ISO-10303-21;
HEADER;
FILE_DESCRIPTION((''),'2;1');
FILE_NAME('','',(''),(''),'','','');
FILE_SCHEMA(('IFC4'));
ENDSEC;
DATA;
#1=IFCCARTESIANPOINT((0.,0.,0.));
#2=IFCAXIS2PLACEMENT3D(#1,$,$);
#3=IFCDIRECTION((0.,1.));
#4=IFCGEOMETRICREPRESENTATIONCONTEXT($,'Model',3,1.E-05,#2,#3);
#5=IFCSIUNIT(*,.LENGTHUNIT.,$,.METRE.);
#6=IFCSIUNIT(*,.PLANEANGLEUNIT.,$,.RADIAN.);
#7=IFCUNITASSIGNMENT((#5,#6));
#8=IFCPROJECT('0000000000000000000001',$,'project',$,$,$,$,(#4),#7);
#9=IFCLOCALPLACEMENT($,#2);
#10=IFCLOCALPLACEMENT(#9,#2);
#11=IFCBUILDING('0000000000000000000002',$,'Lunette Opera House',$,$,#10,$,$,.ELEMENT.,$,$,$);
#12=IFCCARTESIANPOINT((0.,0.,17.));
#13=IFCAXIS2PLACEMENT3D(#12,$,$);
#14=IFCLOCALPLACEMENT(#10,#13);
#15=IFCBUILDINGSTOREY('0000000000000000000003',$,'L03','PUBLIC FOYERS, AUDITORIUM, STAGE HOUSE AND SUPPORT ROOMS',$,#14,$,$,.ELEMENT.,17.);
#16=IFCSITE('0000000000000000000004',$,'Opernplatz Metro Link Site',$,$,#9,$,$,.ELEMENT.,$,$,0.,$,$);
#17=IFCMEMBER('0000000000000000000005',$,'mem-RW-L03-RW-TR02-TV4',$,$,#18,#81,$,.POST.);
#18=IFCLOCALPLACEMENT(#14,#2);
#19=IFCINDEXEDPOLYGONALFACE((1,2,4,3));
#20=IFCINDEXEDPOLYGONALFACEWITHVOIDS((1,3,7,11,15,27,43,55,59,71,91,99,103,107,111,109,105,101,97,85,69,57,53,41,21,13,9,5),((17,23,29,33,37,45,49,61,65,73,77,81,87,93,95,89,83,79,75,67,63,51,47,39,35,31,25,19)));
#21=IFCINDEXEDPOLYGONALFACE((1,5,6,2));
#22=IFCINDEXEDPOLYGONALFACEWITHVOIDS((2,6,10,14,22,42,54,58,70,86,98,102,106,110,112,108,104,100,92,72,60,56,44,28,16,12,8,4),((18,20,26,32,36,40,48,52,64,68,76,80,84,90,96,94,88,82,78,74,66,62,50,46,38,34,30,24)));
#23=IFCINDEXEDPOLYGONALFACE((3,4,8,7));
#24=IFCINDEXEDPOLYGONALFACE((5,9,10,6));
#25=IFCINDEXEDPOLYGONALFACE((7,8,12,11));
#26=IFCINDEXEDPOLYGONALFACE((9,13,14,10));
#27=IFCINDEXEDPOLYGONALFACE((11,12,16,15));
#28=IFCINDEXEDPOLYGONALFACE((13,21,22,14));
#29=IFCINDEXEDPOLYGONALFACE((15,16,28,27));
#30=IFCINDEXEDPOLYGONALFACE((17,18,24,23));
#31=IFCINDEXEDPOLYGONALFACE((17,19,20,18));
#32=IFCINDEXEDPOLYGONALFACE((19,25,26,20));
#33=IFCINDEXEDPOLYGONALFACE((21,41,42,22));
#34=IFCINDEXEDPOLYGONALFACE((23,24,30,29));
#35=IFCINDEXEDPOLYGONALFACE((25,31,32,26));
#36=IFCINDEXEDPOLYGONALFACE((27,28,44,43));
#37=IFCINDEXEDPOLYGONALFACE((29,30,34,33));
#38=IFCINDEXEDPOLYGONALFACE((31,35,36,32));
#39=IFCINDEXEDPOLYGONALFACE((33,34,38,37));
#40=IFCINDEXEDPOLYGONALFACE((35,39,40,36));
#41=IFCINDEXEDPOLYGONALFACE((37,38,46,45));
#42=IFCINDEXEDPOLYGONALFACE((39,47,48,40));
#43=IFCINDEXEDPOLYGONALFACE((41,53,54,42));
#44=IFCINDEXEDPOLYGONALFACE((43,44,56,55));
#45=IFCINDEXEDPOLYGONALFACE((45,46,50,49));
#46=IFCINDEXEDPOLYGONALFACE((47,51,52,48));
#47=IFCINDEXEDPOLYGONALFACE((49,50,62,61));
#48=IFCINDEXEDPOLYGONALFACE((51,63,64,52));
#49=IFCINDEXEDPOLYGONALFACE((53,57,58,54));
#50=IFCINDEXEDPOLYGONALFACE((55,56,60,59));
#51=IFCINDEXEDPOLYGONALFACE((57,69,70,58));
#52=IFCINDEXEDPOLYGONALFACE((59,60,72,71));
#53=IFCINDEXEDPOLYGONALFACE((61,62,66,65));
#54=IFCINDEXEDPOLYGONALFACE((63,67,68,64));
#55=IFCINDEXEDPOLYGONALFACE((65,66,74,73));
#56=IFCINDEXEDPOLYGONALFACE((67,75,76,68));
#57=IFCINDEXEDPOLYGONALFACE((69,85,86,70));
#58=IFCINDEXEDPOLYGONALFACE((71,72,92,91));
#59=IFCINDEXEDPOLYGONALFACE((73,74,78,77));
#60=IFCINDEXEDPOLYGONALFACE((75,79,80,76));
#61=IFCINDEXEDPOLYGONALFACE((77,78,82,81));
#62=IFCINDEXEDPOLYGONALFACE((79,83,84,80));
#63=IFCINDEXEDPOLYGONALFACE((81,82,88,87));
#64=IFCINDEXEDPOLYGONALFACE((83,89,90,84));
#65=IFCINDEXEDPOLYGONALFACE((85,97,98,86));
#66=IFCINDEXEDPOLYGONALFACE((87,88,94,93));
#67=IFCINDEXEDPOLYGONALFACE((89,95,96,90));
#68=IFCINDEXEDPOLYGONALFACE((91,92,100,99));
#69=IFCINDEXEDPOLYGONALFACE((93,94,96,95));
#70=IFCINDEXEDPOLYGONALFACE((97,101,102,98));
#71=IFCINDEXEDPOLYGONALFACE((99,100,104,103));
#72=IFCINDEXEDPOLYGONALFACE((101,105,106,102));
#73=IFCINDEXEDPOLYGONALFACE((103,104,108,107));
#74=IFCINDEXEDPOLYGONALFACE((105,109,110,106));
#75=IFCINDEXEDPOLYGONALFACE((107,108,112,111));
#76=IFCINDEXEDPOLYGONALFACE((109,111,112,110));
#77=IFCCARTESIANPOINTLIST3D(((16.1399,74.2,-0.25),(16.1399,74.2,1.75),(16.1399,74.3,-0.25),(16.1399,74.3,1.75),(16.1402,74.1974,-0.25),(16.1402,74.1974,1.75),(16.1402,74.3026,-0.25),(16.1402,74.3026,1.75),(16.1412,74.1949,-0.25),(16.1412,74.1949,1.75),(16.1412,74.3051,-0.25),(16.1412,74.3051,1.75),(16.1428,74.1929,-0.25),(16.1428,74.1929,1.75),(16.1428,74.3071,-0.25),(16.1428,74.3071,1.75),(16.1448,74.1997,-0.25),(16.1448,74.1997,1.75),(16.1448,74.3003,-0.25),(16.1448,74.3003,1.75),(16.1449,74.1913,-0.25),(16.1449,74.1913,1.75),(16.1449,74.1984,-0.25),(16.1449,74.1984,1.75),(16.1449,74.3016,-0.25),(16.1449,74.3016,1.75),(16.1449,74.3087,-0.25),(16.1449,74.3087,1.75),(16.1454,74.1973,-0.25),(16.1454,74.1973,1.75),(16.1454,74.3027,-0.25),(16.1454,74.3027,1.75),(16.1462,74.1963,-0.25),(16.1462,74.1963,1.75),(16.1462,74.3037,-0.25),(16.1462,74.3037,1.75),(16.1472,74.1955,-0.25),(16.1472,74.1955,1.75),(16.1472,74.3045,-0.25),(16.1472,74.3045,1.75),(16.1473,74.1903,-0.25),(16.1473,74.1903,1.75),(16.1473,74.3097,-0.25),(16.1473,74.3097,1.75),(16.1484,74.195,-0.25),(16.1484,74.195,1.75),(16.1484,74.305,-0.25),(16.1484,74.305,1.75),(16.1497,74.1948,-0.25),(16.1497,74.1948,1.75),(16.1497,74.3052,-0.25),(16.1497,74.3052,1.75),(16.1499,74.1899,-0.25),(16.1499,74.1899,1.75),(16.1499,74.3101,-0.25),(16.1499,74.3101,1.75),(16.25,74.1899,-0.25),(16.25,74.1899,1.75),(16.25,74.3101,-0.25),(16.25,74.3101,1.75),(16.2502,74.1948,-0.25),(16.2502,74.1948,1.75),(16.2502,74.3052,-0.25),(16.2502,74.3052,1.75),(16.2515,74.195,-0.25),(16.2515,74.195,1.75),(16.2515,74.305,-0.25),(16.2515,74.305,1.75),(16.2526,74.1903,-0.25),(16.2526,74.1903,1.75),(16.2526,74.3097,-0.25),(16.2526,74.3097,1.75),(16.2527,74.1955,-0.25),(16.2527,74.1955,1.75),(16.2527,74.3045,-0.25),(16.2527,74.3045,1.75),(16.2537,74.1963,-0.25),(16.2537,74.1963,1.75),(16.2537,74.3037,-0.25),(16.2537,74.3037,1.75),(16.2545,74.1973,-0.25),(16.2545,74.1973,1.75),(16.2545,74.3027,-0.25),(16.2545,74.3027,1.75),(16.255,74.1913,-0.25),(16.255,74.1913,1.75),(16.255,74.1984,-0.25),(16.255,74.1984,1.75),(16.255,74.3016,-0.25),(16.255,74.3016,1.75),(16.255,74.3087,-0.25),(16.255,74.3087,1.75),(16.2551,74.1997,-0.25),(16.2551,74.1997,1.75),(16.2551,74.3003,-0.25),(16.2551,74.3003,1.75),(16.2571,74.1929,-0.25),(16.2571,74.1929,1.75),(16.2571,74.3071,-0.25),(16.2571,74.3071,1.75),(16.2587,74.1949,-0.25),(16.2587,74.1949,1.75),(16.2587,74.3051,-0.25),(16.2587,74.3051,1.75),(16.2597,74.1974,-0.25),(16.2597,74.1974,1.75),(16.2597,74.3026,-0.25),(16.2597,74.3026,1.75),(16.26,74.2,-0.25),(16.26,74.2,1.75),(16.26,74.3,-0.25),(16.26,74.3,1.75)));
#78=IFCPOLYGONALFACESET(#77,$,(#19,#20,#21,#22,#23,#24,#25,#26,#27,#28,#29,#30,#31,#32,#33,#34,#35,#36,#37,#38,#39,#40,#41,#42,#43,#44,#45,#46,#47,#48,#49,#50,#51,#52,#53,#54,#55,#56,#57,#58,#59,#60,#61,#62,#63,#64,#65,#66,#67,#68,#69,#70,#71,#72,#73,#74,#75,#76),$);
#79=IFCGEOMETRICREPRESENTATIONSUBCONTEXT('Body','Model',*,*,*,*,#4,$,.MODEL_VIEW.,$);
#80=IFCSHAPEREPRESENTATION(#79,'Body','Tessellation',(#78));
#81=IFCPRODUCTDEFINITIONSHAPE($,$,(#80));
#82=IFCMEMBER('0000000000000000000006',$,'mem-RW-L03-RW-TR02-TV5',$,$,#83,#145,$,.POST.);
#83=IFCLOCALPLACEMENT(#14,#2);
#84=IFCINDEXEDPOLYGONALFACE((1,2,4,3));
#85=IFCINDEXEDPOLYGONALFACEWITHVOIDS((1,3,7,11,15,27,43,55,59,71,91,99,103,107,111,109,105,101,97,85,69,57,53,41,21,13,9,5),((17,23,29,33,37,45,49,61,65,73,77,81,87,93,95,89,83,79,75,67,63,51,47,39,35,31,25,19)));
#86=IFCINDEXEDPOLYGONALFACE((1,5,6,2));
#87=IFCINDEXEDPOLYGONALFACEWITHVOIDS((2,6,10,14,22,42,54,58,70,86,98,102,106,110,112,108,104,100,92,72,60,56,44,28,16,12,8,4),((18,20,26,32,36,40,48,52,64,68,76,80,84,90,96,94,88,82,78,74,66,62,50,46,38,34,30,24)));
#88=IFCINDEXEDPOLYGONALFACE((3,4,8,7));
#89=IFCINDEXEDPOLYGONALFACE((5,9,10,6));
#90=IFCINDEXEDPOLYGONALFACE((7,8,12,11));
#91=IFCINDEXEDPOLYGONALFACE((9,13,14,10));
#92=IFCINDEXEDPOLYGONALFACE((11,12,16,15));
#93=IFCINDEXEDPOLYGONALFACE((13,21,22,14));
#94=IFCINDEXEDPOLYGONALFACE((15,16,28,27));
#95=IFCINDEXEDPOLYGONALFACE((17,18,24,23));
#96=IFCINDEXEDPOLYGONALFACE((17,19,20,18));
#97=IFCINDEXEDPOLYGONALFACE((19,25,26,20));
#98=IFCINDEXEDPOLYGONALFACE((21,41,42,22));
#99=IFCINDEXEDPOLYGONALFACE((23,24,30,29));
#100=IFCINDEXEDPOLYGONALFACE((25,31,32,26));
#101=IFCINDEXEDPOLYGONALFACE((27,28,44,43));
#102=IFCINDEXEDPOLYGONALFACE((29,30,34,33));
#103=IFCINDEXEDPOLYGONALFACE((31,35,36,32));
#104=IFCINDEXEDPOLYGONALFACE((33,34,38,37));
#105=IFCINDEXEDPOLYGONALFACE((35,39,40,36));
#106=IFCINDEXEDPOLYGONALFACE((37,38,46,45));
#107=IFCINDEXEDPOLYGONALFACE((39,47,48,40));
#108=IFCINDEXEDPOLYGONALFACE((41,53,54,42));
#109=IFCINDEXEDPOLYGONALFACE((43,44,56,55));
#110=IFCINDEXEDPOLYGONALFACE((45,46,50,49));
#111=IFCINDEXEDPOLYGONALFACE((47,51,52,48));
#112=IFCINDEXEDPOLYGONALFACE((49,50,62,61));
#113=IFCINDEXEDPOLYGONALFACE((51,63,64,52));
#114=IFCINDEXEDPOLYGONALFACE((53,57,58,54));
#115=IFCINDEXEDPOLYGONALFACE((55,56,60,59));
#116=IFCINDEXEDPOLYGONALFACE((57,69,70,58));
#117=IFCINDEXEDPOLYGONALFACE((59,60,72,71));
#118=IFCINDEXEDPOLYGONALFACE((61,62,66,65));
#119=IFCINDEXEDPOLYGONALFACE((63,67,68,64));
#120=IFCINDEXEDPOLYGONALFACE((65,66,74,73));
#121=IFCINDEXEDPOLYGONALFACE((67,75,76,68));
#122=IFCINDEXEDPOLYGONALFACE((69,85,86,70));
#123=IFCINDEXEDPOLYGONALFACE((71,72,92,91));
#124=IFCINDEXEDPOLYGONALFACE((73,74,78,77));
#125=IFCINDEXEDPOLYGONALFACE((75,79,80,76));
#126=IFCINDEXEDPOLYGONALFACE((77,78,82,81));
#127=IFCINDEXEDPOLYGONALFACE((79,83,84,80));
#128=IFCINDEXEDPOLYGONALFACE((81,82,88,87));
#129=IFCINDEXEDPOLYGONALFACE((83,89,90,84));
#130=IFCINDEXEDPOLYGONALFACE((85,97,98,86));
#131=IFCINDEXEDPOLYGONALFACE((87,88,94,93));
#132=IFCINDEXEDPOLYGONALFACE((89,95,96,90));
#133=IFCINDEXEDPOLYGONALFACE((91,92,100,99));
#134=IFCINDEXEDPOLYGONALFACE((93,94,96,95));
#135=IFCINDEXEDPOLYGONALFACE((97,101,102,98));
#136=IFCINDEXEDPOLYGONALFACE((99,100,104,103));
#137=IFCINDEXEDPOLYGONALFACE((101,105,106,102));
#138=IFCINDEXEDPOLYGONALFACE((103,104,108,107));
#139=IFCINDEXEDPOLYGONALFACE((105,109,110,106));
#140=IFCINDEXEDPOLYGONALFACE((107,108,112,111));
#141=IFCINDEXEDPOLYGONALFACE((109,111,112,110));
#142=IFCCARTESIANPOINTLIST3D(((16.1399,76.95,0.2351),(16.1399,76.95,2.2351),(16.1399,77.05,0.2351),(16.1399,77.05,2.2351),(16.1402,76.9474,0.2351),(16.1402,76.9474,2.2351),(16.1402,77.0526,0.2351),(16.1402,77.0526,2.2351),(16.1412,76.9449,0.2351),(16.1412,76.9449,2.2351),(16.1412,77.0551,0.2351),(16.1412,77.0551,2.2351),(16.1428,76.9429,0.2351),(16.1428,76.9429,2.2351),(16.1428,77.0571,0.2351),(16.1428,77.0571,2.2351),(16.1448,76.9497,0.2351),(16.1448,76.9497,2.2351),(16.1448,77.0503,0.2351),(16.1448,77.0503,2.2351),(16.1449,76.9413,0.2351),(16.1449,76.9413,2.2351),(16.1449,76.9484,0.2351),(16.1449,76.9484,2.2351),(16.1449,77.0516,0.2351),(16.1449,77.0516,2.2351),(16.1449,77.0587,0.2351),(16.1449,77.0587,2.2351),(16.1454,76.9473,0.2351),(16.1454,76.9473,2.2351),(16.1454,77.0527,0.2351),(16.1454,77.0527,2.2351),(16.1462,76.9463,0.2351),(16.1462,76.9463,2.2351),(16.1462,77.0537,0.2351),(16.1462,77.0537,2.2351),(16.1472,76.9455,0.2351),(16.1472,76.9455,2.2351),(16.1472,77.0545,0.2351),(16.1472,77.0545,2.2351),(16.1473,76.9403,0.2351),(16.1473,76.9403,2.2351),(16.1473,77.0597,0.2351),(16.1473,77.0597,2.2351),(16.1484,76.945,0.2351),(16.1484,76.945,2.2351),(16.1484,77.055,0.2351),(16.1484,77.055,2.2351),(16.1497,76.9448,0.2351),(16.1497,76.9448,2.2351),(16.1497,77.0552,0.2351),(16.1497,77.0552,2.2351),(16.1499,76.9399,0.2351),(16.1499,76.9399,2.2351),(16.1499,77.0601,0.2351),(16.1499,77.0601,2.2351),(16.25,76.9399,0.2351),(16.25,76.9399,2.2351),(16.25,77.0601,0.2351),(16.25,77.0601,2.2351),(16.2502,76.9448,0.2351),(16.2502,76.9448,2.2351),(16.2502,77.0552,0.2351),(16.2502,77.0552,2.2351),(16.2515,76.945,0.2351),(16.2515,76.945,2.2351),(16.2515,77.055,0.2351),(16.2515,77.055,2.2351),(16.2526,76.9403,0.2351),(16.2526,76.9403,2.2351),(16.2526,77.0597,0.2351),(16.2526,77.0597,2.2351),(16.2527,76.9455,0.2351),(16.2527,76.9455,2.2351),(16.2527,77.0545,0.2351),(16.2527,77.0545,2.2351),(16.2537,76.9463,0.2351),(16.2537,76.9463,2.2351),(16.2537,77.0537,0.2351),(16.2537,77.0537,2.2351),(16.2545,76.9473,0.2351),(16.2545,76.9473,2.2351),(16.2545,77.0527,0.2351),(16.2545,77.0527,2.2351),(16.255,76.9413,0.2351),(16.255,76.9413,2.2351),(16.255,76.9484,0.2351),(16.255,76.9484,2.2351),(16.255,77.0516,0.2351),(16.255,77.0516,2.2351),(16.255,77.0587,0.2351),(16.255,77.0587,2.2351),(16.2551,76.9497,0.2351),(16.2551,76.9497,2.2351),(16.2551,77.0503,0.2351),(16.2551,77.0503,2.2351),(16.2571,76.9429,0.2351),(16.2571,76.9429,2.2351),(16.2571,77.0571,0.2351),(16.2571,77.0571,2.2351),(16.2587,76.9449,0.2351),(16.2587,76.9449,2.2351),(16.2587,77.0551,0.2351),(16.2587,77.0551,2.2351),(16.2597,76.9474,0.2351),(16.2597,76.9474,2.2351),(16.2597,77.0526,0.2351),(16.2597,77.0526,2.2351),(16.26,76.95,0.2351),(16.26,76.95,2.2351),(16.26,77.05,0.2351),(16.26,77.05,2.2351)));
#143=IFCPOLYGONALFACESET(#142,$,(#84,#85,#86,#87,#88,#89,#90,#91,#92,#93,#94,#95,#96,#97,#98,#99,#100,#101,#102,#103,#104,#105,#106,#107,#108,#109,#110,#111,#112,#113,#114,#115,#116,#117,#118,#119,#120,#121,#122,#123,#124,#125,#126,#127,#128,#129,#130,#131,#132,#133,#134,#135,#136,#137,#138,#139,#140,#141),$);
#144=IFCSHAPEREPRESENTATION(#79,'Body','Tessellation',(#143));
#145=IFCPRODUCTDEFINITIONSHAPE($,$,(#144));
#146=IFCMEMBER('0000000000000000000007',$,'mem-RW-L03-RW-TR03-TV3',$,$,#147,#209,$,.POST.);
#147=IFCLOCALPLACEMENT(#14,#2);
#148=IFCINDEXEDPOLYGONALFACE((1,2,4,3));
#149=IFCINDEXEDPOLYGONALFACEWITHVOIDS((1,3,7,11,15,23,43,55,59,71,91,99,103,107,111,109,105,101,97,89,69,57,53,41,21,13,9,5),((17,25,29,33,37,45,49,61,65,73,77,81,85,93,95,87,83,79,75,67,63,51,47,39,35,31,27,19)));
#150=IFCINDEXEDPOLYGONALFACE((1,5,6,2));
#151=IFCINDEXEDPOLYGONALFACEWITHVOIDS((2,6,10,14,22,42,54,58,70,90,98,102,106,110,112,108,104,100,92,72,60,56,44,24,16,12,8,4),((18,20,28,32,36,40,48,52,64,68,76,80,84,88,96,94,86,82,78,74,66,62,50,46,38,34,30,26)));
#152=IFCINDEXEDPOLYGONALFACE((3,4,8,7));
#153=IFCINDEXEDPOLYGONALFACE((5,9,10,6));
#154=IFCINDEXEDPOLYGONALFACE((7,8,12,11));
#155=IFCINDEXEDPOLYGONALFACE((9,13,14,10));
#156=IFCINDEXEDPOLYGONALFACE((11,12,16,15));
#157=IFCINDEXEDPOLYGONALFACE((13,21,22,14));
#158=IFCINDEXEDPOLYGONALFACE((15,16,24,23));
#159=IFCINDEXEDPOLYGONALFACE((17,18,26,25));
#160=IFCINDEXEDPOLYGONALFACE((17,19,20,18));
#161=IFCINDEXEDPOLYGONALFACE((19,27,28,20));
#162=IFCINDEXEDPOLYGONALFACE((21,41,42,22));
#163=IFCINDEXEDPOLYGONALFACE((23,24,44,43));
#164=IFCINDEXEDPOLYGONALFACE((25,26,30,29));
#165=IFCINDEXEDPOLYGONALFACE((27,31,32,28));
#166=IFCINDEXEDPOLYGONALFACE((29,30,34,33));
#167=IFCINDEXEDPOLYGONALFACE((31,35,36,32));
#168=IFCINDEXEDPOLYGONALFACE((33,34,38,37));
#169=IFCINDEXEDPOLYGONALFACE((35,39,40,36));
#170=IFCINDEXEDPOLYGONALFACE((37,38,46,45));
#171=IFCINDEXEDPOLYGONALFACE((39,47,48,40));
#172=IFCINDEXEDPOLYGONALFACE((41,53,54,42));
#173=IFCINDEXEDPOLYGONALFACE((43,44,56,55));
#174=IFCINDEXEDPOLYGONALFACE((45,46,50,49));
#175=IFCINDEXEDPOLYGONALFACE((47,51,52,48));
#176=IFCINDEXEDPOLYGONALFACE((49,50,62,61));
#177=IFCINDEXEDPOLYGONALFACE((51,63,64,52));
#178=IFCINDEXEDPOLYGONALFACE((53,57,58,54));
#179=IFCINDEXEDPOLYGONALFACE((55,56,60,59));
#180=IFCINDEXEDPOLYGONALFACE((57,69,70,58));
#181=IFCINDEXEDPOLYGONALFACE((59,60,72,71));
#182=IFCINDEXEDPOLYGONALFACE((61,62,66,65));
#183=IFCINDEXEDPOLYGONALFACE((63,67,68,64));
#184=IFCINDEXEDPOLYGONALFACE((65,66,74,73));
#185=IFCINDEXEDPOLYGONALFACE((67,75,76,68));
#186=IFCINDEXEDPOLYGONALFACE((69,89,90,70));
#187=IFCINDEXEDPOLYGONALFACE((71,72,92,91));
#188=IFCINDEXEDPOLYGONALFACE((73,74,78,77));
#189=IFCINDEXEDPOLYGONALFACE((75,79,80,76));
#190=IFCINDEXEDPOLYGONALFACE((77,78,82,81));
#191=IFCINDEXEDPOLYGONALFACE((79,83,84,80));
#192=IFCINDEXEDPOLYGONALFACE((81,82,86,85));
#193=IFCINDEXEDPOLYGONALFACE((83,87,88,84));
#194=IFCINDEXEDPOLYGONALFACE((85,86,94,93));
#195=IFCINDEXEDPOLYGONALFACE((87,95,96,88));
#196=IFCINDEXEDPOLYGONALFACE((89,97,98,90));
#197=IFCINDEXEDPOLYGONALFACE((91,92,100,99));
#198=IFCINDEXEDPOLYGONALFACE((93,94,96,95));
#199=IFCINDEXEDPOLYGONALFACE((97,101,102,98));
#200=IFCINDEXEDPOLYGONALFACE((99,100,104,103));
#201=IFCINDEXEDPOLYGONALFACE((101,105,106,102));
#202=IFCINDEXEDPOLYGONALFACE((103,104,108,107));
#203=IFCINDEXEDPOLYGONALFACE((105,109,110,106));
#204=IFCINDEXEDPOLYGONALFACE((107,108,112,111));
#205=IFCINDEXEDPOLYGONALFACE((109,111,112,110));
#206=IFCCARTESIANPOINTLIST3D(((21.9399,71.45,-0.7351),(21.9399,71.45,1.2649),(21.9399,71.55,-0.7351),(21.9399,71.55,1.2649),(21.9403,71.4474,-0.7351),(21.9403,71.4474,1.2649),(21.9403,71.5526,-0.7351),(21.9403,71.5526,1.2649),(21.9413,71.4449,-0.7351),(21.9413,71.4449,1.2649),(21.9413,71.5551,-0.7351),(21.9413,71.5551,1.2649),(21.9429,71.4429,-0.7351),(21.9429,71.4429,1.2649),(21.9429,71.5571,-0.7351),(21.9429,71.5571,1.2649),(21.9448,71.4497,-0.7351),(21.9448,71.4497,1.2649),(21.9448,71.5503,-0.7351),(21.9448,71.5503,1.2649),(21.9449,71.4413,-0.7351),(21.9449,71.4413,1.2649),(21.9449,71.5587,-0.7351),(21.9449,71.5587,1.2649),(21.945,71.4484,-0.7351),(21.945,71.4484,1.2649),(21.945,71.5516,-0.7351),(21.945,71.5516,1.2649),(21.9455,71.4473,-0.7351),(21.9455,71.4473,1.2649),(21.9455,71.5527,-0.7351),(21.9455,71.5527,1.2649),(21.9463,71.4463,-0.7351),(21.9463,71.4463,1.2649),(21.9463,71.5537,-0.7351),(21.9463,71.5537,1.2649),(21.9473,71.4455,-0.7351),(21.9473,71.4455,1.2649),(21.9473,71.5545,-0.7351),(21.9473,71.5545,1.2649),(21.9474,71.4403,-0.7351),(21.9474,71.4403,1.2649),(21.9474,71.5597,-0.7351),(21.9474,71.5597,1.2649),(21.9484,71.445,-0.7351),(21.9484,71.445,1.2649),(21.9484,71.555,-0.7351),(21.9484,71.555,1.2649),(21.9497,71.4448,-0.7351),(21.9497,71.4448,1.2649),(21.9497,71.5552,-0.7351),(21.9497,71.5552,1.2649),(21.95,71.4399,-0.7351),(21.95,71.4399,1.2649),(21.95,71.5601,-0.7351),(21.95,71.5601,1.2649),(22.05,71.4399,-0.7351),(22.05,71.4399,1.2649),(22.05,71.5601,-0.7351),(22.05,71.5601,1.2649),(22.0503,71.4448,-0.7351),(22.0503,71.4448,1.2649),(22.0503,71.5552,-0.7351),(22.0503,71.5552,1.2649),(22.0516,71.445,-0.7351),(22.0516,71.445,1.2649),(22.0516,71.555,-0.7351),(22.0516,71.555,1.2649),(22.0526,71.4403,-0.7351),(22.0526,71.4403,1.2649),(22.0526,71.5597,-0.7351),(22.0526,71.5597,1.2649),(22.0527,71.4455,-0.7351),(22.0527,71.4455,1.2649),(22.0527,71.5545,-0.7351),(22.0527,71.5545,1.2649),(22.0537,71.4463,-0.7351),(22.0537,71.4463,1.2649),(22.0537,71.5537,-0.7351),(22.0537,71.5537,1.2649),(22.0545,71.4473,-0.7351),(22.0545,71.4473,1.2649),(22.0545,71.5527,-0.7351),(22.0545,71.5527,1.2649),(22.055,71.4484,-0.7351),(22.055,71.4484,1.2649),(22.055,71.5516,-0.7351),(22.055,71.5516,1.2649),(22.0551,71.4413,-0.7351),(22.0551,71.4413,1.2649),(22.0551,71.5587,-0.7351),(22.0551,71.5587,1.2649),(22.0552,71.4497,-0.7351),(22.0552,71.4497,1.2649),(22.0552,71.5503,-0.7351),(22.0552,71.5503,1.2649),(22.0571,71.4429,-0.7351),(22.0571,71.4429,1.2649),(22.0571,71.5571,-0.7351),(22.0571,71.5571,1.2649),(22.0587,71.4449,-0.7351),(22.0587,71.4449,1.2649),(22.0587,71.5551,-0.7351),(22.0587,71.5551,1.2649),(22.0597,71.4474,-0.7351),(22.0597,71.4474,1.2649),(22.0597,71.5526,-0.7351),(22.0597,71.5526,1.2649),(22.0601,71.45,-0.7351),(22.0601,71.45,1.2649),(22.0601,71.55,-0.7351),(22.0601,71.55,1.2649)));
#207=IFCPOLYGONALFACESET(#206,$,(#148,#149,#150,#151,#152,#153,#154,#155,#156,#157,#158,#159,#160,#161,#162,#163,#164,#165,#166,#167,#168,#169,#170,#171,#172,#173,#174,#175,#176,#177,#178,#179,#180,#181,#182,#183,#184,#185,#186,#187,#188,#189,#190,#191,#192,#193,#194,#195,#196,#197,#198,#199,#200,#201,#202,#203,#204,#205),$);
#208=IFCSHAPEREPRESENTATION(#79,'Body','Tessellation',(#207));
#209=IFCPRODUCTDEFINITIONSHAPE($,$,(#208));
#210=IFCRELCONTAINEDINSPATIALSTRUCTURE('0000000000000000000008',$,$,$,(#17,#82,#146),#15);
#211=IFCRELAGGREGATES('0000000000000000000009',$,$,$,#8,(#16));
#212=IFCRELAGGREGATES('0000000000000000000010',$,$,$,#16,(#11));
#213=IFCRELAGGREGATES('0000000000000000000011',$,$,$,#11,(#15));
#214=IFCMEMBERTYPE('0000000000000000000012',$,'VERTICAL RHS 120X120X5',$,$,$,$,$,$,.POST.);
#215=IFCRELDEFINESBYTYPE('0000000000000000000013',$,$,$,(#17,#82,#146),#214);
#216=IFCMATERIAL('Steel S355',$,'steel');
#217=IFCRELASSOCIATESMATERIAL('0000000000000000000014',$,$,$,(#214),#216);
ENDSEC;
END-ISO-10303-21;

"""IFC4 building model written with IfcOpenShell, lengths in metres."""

from ifc_helpers import new_model, si_unit, direction, frame, origin, origin_2d, place, context, subcontext, project, spatial, hollow_rectangle, extrude, material, material_profile, profile_set, type_object, element, save


model = new_model("IFC4")

# Units and contexts
model_context = context("Model", 3, precision=1e-05, world=origin(), true_north=direction((0.0, 1.0)))
body_context = subcontext(model_context, "Body", "Model", "MODEL_VIEW")
ifc_project = project(units=[si_unit("LENGTHUNIT", "METRE"), si_unit("PLANEANGLEUNIT", "RADIAN")], contexts=[model_context])

# Site, building, storey
site_placement = place(None, origin())
site = spatial("IfcSite", under=ifc_project, at=site_placement, Name="Opernplatz Metro Link Site", CompositionType="ELEMENT", RefElevation=0.0)
building_placement = place(site_placement, origin())
building = spatial("IfcBuilding", under=site, at=building_placement, Name="Lunette Opera House", CompositionType="ELEMENT")
storey_placement = place(building_placement, frame((0.0, 0.0, 17.0)))
storey = spatial("IfcBuildingStorey", under=building, at=storey_placement, Name="L03", Description="PUBLIC FOYERS, AUDITORIUM, STAGE HOUSE AND SUPPORT ROOMS", CompositionType="ELEMENT", Elevation=17.0)

# Members
ifc_material_1 = material(Name="Steel S355", Category="steel")
ifc_material_profile_1 = material_profile(ifc_material_1, hollow_rectangle(XDim=0.1201, YDim=0.1201, WallThickness=0.0049, InnerFilletRadius=0.0049, OuterFilletRadius=0.01, at=origin_2d()), Name="RHS 120X120X5")
ifc_profile_set_1 = profile_set([ifc_material_profile_1], Name="Steel S355")
member_type_1 = type_object("IfcMemberType", Name="VERTICAL RHS 120X120X5", PredefinedType="POST", material=ifc_profile_set_1)
for number, where, z_axis, x_axis, name in (
    (1, (16.2, 74.25, -0.25), (0.0, 0.0, 1.0), (1.0, 0.0, 0.0), "mem-RW-L03-RW-TR02-TV4"),
    (2, (16.2, 77.0, 0.2351), (0.0, 0.0, 1.0), (1.0, 0.0, 0.0), "mem-RW-L03-RW-TR02-TV5"),
    (3, (22.0, 71.5, -0.7351), (0.0, 0.0, 1.0), (1.0, 0.0, 0.0), "mem-RW-L03-RW-TR03-TV3"),
):
    element("IfcMember", number, at=place(storey_placement, frame(where, z_axis=z_axis, x_axis=x_axis)), inside=storey, type_object=member_type_1, Name=name, PredefinedType="POST", context=body_context, shape_type="SweptSolid", body=[
        extrude(hollow_rectangle(XDim=0.1201, YDim=0.1201, WallThickness=0.0049, InnerFilletRadius=0.0049, OuterFilletRadius=0.01, at=origin_2d()), origin(), (0.0, 0.0, 1.0), 2.0),
    ])

save(model, "model.ifc")
